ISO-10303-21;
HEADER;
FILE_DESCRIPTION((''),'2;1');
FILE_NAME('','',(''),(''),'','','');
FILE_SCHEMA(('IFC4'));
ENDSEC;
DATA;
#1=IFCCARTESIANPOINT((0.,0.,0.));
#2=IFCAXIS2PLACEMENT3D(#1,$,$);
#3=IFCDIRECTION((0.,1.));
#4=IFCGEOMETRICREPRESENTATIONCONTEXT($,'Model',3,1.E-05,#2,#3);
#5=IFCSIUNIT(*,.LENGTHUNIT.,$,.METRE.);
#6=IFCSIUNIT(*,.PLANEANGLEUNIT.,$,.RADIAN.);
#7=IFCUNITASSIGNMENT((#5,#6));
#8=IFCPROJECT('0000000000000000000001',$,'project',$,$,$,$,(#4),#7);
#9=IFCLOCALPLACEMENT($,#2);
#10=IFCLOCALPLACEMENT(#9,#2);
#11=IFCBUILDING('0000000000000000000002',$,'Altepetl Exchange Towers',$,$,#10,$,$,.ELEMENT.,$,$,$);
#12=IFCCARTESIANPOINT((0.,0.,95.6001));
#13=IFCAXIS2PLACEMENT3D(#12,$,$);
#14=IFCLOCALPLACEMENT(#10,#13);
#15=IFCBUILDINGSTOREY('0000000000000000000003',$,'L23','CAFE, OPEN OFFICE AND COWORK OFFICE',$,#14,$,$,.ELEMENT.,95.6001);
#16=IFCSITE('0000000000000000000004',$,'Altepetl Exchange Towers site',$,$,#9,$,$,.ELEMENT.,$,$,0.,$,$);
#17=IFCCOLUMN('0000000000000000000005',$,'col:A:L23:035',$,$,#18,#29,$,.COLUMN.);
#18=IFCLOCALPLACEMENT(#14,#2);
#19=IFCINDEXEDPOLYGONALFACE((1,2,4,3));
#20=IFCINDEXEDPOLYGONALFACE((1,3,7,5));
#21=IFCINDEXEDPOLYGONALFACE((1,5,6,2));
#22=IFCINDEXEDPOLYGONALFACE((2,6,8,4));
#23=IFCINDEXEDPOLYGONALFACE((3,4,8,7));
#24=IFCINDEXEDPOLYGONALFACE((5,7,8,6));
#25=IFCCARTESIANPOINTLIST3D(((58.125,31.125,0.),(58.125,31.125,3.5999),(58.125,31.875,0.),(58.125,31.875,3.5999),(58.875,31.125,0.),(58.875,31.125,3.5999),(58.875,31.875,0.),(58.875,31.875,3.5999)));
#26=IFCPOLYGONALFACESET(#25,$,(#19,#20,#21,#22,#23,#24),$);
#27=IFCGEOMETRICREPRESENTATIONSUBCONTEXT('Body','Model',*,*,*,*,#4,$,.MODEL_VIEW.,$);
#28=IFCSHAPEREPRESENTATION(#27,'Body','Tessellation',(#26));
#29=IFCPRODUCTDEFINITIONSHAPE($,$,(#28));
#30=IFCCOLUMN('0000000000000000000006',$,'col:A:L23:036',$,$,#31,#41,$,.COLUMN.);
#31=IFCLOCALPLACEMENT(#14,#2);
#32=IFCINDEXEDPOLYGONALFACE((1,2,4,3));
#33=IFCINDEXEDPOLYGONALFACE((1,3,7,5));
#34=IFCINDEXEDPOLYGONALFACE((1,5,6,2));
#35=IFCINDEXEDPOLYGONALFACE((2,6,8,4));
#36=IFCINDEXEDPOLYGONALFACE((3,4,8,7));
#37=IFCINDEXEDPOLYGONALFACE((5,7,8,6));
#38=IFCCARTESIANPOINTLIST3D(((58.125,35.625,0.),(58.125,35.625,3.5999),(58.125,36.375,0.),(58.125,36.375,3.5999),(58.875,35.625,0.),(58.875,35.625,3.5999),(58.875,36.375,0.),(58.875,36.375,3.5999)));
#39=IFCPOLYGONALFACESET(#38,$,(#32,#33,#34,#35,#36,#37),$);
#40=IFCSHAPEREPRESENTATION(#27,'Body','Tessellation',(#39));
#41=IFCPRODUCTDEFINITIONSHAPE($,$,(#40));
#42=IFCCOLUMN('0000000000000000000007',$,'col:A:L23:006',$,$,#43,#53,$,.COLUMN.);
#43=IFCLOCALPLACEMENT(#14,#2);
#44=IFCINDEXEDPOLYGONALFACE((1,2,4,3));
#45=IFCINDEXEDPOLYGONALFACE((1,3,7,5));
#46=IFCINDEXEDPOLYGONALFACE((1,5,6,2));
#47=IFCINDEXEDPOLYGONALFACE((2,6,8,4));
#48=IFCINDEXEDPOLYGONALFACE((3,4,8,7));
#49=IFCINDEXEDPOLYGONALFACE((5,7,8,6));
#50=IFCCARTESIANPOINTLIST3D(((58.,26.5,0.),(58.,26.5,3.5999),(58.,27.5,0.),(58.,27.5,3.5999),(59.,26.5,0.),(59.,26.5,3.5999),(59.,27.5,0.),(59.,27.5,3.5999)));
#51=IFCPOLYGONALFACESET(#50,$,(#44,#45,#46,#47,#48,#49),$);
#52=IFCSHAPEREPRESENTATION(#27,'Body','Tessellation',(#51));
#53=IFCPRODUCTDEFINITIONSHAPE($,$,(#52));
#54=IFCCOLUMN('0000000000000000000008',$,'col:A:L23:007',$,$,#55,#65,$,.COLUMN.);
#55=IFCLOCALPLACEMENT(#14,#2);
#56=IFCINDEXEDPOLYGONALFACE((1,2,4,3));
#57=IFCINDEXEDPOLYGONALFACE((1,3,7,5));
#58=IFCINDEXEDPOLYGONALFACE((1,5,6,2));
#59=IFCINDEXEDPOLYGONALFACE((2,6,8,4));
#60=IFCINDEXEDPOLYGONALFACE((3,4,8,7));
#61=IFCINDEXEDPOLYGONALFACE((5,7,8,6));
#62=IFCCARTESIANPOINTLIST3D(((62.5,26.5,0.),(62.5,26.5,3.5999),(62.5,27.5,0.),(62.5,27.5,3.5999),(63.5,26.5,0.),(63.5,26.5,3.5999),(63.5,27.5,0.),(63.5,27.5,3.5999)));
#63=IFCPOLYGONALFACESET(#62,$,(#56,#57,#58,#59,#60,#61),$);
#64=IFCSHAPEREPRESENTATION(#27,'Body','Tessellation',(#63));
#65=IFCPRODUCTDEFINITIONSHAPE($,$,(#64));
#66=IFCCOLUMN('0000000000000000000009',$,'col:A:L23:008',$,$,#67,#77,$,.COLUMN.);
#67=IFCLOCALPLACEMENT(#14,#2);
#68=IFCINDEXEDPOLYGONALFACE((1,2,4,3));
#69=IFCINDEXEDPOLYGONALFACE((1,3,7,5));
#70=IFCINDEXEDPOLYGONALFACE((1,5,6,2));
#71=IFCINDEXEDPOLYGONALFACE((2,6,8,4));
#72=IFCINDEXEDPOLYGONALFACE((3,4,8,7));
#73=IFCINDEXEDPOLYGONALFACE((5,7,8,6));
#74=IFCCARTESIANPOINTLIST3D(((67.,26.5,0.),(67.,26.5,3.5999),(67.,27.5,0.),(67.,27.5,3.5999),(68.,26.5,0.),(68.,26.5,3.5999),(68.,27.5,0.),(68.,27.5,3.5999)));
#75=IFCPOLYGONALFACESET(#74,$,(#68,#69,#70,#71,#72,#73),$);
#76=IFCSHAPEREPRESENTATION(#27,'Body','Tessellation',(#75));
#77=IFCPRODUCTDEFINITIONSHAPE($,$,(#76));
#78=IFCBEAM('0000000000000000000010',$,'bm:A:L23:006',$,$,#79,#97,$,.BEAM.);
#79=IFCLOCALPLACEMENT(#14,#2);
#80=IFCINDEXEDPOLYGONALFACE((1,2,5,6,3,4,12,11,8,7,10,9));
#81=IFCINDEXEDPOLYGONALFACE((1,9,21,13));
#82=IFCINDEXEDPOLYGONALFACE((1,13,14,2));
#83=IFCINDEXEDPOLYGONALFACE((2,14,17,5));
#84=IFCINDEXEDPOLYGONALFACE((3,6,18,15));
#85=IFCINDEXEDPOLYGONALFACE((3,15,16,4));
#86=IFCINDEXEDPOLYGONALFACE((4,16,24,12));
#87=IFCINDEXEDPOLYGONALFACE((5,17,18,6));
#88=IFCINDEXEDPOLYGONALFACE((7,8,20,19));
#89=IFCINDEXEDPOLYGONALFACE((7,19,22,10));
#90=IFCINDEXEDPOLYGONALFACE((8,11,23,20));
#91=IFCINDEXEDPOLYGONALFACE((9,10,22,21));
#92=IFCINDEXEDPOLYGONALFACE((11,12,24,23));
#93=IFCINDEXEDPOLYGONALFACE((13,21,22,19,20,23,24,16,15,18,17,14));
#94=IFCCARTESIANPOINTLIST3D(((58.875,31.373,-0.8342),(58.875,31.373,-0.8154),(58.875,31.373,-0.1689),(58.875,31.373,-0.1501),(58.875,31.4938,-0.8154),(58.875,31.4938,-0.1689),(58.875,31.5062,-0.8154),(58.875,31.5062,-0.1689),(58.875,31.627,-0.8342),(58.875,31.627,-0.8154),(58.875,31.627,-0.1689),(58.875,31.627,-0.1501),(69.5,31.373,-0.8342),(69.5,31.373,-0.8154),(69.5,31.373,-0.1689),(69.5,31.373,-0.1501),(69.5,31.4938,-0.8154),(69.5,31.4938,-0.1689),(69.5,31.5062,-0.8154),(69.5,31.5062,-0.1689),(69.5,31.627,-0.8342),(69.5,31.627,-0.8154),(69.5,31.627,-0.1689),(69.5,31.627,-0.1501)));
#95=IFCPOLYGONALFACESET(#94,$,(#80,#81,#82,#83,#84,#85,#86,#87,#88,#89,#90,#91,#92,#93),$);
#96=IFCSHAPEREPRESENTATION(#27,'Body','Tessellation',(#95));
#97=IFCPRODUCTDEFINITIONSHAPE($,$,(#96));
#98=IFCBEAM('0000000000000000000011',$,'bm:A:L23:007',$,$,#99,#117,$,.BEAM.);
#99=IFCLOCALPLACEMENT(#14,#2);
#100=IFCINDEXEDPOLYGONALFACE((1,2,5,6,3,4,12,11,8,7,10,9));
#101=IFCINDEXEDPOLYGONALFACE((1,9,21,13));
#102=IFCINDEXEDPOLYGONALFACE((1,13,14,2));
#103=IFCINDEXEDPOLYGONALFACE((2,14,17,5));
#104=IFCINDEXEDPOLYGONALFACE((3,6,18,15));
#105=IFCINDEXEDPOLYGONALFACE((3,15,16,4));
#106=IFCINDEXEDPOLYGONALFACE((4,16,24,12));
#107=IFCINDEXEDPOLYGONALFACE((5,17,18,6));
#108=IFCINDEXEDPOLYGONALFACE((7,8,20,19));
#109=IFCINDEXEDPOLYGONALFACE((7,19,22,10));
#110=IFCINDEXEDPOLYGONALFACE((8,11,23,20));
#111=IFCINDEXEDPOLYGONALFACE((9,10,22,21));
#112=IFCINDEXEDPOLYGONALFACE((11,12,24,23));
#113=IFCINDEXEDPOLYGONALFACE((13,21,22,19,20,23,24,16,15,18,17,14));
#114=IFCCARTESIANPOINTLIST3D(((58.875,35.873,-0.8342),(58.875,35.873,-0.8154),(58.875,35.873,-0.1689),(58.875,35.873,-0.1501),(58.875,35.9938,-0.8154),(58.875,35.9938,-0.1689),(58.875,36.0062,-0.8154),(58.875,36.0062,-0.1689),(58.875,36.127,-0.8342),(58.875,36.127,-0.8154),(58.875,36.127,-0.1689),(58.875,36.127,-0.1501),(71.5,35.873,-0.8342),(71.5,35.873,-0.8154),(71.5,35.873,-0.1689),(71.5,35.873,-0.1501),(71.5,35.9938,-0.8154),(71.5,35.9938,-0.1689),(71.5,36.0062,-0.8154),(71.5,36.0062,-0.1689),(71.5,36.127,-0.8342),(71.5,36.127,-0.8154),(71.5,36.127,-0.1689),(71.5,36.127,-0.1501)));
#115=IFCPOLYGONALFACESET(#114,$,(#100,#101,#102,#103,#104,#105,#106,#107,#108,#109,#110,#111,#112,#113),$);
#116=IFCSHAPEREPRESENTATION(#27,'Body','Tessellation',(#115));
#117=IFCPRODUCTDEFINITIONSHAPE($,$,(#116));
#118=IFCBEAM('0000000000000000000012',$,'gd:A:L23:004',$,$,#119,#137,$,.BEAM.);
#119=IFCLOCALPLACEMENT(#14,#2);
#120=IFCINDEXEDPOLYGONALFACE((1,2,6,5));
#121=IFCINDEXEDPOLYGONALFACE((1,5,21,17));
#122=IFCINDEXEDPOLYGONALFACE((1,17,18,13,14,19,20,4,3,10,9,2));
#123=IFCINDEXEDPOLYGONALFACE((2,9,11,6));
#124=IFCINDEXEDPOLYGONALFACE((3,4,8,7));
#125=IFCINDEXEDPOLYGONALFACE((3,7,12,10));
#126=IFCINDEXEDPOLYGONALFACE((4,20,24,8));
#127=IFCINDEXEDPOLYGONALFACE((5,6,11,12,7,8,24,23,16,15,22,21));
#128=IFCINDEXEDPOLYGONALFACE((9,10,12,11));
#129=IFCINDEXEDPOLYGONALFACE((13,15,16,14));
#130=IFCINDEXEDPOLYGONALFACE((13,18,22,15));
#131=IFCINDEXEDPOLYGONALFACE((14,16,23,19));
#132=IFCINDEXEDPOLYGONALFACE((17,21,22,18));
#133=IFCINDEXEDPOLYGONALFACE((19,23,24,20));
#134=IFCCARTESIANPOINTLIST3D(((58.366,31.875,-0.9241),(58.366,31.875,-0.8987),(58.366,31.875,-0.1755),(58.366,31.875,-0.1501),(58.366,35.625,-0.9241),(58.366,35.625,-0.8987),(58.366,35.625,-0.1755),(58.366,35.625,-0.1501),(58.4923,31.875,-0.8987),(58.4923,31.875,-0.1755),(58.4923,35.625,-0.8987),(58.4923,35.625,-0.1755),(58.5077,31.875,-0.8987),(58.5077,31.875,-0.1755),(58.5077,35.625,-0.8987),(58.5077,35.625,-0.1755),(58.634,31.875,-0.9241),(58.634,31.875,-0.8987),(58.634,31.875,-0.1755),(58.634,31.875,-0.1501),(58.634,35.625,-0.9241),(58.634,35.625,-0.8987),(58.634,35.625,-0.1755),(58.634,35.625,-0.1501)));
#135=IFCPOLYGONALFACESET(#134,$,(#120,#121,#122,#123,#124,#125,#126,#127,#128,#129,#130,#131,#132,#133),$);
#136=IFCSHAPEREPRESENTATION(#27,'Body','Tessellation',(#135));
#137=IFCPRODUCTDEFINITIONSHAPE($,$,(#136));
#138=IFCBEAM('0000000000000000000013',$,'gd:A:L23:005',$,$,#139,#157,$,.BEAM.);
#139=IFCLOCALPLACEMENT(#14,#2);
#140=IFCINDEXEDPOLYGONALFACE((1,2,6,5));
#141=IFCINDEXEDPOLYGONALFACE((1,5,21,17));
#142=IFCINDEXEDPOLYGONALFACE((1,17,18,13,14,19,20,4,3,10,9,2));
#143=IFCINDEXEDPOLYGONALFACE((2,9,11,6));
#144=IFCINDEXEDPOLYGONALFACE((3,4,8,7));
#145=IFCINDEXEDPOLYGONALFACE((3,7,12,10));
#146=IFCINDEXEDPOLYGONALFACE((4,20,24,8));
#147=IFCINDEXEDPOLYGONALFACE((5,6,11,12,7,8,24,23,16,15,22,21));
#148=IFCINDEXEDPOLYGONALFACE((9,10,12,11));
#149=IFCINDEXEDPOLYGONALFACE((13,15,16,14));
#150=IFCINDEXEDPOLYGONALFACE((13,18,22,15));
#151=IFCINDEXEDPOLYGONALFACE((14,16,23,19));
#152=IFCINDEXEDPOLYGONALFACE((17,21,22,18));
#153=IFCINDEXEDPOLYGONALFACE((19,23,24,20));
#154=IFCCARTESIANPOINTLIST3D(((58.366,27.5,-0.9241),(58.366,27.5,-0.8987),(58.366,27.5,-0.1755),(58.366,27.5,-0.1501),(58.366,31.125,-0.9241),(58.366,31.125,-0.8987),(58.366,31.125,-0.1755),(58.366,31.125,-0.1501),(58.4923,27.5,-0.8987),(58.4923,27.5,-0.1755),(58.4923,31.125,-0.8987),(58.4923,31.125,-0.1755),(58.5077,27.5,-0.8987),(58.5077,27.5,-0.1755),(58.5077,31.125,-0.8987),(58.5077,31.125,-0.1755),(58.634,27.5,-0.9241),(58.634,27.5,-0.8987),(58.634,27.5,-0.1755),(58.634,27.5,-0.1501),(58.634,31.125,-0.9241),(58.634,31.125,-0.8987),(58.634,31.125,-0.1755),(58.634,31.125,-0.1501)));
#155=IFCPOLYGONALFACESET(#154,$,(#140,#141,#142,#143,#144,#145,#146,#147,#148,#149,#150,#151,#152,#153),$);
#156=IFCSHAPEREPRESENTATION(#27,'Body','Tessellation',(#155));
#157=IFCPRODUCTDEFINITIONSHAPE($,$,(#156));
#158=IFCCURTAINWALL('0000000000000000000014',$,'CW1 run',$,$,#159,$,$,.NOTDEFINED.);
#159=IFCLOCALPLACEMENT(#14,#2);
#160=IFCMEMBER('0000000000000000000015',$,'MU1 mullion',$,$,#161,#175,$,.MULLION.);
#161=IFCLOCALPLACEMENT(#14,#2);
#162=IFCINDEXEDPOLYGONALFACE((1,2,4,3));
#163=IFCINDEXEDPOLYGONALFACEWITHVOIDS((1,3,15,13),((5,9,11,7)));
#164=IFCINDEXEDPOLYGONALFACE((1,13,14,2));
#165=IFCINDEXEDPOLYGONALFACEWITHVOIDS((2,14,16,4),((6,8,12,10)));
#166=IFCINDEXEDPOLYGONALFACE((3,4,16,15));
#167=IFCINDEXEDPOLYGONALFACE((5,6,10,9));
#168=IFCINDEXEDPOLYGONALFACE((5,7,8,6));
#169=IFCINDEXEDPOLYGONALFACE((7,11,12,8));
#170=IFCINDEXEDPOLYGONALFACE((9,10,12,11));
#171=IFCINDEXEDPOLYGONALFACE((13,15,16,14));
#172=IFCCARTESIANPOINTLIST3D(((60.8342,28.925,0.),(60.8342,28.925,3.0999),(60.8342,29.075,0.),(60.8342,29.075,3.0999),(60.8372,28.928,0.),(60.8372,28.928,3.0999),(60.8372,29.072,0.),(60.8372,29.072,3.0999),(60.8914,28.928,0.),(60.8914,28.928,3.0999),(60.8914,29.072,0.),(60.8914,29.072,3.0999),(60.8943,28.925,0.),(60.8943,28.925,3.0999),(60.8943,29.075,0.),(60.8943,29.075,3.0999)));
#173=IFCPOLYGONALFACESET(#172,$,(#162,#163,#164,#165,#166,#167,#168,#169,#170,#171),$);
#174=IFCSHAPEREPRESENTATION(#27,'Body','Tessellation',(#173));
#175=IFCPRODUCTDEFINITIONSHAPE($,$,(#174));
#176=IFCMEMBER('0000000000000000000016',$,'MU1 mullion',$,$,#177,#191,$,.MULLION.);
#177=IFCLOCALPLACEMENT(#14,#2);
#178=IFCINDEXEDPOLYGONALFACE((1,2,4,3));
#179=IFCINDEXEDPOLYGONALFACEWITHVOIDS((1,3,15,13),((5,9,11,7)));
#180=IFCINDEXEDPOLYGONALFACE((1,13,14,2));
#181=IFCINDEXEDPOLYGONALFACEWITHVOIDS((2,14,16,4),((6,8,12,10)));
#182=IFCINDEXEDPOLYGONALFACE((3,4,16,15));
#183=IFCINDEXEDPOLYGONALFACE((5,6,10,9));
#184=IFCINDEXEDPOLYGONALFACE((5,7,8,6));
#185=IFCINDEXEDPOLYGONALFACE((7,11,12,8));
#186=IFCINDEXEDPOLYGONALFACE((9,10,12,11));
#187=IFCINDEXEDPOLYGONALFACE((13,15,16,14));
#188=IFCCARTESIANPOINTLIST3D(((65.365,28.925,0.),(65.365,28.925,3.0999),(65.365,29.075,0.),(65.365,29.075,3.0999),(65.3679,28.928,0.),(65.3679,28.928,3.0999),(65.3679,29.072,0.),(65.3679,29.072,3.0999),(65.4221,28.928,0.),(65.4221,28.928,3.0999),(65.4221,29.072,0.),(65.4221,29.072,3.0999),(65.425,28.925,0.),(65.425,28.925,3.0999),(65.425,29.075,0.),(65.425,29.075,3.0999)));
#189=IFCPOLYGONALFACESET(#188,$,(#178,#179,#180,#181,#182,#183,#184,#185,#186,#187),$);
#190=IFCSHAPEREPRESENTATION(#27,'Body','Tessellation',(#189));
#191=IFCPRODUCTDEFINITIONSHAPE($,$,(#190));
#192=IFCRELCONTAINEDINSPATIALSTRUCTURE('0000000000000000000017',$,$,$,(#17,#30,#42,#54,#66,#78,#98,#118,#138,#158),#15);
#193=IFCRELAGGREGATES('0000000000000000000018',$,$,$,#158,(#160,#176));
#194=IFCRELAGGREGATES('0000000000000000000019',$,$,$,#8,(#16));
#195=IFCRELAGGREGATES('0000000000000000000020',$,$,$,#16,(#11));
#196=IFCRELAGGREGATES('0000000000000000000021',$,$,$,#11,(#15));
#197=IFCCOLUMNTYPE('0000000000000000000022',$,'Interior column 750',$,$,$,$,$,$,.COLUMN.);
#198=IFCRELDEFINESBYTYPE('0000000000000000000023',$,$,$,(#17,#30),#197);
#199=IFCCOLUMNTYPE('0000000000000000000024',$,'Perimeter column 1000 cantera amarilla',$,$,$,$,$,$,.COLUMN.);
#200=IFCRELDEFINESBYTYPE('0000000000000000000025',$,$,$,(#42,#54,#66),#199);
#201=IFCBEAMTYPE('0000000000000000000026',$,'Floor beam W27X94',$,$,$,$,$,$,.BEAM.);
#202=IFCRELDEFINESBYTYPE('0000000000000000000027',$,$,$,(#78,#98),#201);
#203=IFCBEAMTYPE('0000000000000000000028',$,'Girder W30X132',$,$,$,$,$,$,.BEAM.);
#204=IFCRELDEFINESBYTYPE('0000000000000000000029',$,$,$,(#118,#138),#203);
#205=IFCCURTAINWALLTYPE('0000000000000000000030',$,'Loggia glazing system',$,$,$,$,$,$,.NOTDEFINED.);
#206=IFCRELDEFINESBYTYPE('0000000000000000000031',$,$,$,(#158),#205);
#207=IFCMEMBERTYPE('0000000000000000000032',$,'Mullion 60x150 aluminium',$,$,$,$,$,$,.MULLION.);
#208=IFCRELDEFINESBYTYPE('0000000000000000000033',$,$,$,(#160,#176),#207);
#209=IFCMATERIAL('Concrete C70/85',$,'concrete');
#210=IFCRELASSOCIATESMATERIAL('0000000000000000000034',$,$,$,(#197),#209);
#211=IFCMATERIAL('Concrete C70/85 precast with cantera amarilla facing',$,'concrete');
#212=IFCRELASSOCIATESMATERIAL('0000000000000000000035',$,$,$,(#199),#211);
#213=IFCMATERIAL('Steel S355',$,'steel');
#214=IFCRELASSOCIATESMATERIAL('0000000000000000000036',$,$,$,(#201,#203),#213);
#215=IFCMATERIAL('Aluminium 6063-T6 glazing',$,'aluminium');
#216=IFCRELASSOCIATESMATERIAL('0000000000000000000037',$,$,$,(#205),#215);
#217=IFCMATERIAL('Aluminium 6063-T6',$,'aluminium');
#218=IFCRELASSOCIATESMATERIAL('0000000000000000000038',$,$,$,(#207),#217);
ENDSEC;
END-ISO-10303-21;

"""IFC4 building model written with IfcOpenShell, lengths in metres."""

from ifc_helpers import new_model, si_unit, direction, frame, origin, origin_2d, place, context, subcontext, project, spatial, rectangle, hollow_rectangle, i_section, extrude, material, material_profile, profile_set, type_object, element, aggregate, save


model = new_model("IFC4")

# Units and contexts
model_context = context("Model", 3, precision=1e-05, world=origin(), true_north=direction((0.0, 1.0)))
body_context = subcontext(model_context, "Body", "Model", "MODEL_VIEW")
ifc_project = project(units=[si_unit("LENGTHUNIT", "METRE"), si_unit("PLANEANGLEUNIT", "RADIAN")], contexts=[model_context])

# Site, building, storey
site_placement = place(None, origin())
site = spatial("IfcSite", under=ifc_project, at=site_placement, Name="Altepetl Exchange Towers site", CompositionType="ELEMENT", RefElevation=0.0)
building_placement = place(site_placement, origin())
building = spatial("IfcBuilding", under=site, at=building_placement, Name="Altepetl Exchange Towers", CompositionType="ELEMENT")
storey_placement = place(building_placement, frame((0.0, 0.0, 95.6001)))
storey = spatial("IfcBuildingStorey", under=building, at=storey_placement, Name="L23", Description="CAFE, OPEN OFFICE AND COWORK OFFICE", CompositionType="ELEMENT", Elevation=95.6001)

# Columns
ifc_material_1 = material(Name="Concrete C70/85", Category="concrete")
ifc_material_profile_1 = material_profile(ifc_material_1, rectangle(XDim=0.75, YDim=0.75, at=origin_2d()), Name="750 x 750")
ifc_profile_set_1 = profile_set([ifc_material_profile_1], Name="Concrete C70/85")
column_type_1 = type_object("IfcColumnType", Name="Interior column 750", PredefinedType="COLUMN", material=ifc_profile_set_1)
for number, where, name in (
    (1, (58.5, 31.5, 0.0), "col:A:L23:035"),
    (2, (58.5, 36.0, 0.0), "col:A:L23:036"),
):
    element("IfcColumn", number, at=place(storey_placement, frame(where)), inside=storey, type_object=column_type_1, Name=name, PredefinedType="COLUMN", context=body_context, shape_type="SweptSolid", body=[
        extrude(rectangle(XDim=0.75, YDim=0.75, at=origin_2d()), origin(), (0.0, 0.0, 1.0), 3.5999),
    ])
ifc_material_2 = material(Name="Concrete C70/85 precast with cantera amarilla facing", Category="concrete")
ifc_material_profile_2 = material_profile(ifc_material_2, rectangle(XDim=1.0, YDim=1.0, at=origin_2d()), Name="1000 x 1000")
ifc_profile_set_2 = profile_set([ifc_material_profile_2], Name="Concrete C70/85 precast with cantera amarilla facing")
column_type_2 = type_object("IfcColumnType", Name="Perimeter column 1000 cantera amarilla", PredefinedType="COLUMN", material=ifc_profile_set_2)
for number, where, name in (
    (3, (58.5, 27.0, 0.0), "col:A:L23:006"),
    (4, (63.0, 27.0, 0.0), "col:A:L23:007"),
    (5, (67.5, 27.0, 0.0), "col:A:L23:008"),
):
    element("IfcColumn", number, at=place(storey_placement, frame(where)), inside=storey, type_object=column_type_2, Name=name, PredefinedType="COLUMN", context=body_context, shape_type="SweptSolid", body=[
        extrude(rectangle(XDim=1.0, YDim=1.0, at=origin_2d()), origin(), (0.0, 0.0, 1.0), 3.5999),
    ])

# Beams
ifc_material_3 = material(Name="Steel S355", Category="steel")
ifc_material_profile_3 = material_profile(ifc_material_3, i_section(OverallWidth=0.2539, OverallDepth=0.6841, WebThickness=0.0125, FlangeThickness=0.0188, at=origin_2d()), Name="W27X94")
ifc_profile_set_3 = profile_set([ifc_material_profile_3], Name="Steel S355")
beam_type_1 = type_object("IfcBeamType", Name="Floor beam W27X94", PredefinedType="BEAM", material=ifc_profile_set_3)
beam_1_placement = place(storey_placement, frame((58.875, 31.5, -0.4922), z_axis=(1.0, 0.0, 0.0), x_axis=(0.0, 1.0, 0.0)))
element("IfcBeam", 6, at=beam_1_placement, inside=storey, type_object=beam_type_1, Name="bm:A:L23:006", PredefinedType="BEAM", context=body_context, shape_type="SweptSolid", body=[
    extrude(i_section(OverallWidth=0.2539, OverallDepth=0.6841, WebThickness=0.0125, FlangeThickness=0.0188, at=origin_2d()), origin(), (0.0, 0.0, 1.0), 10.625),
])
beam_2_placement = place(storey_placement, frame((58.875, 36.0, -0.4922), z_axis=(1.0, 0.0, 0.0), x_axis=(0.0, 1.0, 0.0)))
element("IfcBeam", 7, at=beam_2_placement, inside=storey, type_object=beam_type_1, Name="bm:A:L23:007", PredefinedType="BEAM", context=body_context, shape_type="SweptSolid", body=[
    extrude(i_section(OverallWidth=0.2539, OverallDepth=0.6841, WebThickness=0.0125, FlangeThickness=0.0188, at=origin_2d()), origin(), (0.0, 0.0, 1.0), 12.625),
])
ifc_material_profile_4 = material_profile(ifc_material_3, i_section(OverallWidth=0.2681, OverallDepth=0.7739, WebThickness=0.0154, FlangeThickness=0.0254, at=origin_2d()), Name="W30X132")
ifc_profile_set_4 = profile_set([ifc_material_profile_4], Name="Steel S355")
beam_type_2 = type_object("IfcBeamType", Name="Girder W30X132", PredefinedType="BEAM", material=ifc_profile_set_4)
beam_3_placement = place(storey_placement, frame((58.5, 35.625, -0.5371), z_axis=(0.0, -1.0, 0.0), x_axis=(1.0, 0.0, 0.0)))
element("IfcBeam", 8, at=beam_3_placement, inside=storey, type_object=beam_type_2, Name="gd:A:L23:004", PredefinedType="BEAM", context=body_context, shape_type="SweptSolid", body=[
    extrude(i_section(OverallWidth=0.2681, OverallDepth=0.7739, WebThickness=0.0154, FlangeThickness=0.0254, at=origin_2d()), origin(), (0.0, 0.0, 1.0), 3.75),
])
beam_4_placement = place(storey_placement, frame((58.5, 31.125, -0.5371), z_axis=(0.0, -1.0, 0.0), x_axis=(1.0, 0.0, 0.0)))
element("IfcBeam", 9, at=beam_4_placement, inside=storey, type_object=beam_type_2, Name="gd:A:L23:005", PredefinedType="BEAM", context=body_context, shape_type="SweptSolid", body=[
    extrude(i_section(OverallWidth=0.2681, OverallDepth=0.7739, WebThickness=0.0154, FlangeThickness=0.0254, at=origin_2d()), origin(), (0.0, 0.0, 1.0), 3.625),
])

# Curtain wall, members
ifc_material_4 = material(Name="Aluminium 6063-T6 glazing", Category="aluminium")
curtain_wall_type = type_object("IfcCurtainWallType", Name="Loggia glazing system", PredefinedType="NOTDEFINED", material=ifc_material_4)
curtain_wall_1_placement = place(storey_placement, origin())
curtain_wall_1 = element("IfcCurtainWall", 10, at=curtain_wall_1_placement, inside=storey, type_object=curtain_wall_type, Name="CW1 run", PredefinedType="NOTDEFINED")
ifc_material_5 = material(Name="Aluminium 6063-T6", Category="aluminium")
ifc_material_profile_5 = material_profile(ifc_material_5, hollow_rectangle(XDim=0.0601, YDim=0.1499, WallThickness=0.0029, at=origin_2d()), Name="Mullion 60x150 aluminium")
ifc_profile_set_5 = profile_set([ifc_material_profile_5], Name="Aluminium 6063-T6")
member_type = type_object("IfcMemberType", Name="Mullion 60x150 aluminium", PredefinedType="MULLION", material=ifc_profile_set_5)
member_1_placement = place(storey_placement, frame((60.8643, 29.0, 0.0)))
member_1 = element("IfcMember", 11, at=member_1_placement, type_object=member_type, Name="MU1 mullion", PredefinedType="MULLION", context=body_context, shape_type="SweptSolid", body=[
    extrude(hollow_rectangle(XDim=0.0601, YDim=0.1499, WallThickness=0.0029, at=origin_2d()), origin(), (0.0, 0.0, 1.0), 3.0999),
])
member_2_placement = place(storey_placement, frame((65.395, 29.0, 0.0)))
member_2 = element("IfcMember", 12, at=member_2_placement, type_object=member_type, Name="MU1 mullion", PredefinedType="MULLION", context=body_context, shape_type="SweptSolid", body=[
    extrude(hollow_rectangle(XDim=0.0601, YDim=0.1499, WallThickness=0.0029, at=origin_2d()), origin(), (0.0, 0.0, 1.0), 3.0999),
])

aggregate(curtain_wall_1, [member_1, member_2])

save(model, "model.ifc")
